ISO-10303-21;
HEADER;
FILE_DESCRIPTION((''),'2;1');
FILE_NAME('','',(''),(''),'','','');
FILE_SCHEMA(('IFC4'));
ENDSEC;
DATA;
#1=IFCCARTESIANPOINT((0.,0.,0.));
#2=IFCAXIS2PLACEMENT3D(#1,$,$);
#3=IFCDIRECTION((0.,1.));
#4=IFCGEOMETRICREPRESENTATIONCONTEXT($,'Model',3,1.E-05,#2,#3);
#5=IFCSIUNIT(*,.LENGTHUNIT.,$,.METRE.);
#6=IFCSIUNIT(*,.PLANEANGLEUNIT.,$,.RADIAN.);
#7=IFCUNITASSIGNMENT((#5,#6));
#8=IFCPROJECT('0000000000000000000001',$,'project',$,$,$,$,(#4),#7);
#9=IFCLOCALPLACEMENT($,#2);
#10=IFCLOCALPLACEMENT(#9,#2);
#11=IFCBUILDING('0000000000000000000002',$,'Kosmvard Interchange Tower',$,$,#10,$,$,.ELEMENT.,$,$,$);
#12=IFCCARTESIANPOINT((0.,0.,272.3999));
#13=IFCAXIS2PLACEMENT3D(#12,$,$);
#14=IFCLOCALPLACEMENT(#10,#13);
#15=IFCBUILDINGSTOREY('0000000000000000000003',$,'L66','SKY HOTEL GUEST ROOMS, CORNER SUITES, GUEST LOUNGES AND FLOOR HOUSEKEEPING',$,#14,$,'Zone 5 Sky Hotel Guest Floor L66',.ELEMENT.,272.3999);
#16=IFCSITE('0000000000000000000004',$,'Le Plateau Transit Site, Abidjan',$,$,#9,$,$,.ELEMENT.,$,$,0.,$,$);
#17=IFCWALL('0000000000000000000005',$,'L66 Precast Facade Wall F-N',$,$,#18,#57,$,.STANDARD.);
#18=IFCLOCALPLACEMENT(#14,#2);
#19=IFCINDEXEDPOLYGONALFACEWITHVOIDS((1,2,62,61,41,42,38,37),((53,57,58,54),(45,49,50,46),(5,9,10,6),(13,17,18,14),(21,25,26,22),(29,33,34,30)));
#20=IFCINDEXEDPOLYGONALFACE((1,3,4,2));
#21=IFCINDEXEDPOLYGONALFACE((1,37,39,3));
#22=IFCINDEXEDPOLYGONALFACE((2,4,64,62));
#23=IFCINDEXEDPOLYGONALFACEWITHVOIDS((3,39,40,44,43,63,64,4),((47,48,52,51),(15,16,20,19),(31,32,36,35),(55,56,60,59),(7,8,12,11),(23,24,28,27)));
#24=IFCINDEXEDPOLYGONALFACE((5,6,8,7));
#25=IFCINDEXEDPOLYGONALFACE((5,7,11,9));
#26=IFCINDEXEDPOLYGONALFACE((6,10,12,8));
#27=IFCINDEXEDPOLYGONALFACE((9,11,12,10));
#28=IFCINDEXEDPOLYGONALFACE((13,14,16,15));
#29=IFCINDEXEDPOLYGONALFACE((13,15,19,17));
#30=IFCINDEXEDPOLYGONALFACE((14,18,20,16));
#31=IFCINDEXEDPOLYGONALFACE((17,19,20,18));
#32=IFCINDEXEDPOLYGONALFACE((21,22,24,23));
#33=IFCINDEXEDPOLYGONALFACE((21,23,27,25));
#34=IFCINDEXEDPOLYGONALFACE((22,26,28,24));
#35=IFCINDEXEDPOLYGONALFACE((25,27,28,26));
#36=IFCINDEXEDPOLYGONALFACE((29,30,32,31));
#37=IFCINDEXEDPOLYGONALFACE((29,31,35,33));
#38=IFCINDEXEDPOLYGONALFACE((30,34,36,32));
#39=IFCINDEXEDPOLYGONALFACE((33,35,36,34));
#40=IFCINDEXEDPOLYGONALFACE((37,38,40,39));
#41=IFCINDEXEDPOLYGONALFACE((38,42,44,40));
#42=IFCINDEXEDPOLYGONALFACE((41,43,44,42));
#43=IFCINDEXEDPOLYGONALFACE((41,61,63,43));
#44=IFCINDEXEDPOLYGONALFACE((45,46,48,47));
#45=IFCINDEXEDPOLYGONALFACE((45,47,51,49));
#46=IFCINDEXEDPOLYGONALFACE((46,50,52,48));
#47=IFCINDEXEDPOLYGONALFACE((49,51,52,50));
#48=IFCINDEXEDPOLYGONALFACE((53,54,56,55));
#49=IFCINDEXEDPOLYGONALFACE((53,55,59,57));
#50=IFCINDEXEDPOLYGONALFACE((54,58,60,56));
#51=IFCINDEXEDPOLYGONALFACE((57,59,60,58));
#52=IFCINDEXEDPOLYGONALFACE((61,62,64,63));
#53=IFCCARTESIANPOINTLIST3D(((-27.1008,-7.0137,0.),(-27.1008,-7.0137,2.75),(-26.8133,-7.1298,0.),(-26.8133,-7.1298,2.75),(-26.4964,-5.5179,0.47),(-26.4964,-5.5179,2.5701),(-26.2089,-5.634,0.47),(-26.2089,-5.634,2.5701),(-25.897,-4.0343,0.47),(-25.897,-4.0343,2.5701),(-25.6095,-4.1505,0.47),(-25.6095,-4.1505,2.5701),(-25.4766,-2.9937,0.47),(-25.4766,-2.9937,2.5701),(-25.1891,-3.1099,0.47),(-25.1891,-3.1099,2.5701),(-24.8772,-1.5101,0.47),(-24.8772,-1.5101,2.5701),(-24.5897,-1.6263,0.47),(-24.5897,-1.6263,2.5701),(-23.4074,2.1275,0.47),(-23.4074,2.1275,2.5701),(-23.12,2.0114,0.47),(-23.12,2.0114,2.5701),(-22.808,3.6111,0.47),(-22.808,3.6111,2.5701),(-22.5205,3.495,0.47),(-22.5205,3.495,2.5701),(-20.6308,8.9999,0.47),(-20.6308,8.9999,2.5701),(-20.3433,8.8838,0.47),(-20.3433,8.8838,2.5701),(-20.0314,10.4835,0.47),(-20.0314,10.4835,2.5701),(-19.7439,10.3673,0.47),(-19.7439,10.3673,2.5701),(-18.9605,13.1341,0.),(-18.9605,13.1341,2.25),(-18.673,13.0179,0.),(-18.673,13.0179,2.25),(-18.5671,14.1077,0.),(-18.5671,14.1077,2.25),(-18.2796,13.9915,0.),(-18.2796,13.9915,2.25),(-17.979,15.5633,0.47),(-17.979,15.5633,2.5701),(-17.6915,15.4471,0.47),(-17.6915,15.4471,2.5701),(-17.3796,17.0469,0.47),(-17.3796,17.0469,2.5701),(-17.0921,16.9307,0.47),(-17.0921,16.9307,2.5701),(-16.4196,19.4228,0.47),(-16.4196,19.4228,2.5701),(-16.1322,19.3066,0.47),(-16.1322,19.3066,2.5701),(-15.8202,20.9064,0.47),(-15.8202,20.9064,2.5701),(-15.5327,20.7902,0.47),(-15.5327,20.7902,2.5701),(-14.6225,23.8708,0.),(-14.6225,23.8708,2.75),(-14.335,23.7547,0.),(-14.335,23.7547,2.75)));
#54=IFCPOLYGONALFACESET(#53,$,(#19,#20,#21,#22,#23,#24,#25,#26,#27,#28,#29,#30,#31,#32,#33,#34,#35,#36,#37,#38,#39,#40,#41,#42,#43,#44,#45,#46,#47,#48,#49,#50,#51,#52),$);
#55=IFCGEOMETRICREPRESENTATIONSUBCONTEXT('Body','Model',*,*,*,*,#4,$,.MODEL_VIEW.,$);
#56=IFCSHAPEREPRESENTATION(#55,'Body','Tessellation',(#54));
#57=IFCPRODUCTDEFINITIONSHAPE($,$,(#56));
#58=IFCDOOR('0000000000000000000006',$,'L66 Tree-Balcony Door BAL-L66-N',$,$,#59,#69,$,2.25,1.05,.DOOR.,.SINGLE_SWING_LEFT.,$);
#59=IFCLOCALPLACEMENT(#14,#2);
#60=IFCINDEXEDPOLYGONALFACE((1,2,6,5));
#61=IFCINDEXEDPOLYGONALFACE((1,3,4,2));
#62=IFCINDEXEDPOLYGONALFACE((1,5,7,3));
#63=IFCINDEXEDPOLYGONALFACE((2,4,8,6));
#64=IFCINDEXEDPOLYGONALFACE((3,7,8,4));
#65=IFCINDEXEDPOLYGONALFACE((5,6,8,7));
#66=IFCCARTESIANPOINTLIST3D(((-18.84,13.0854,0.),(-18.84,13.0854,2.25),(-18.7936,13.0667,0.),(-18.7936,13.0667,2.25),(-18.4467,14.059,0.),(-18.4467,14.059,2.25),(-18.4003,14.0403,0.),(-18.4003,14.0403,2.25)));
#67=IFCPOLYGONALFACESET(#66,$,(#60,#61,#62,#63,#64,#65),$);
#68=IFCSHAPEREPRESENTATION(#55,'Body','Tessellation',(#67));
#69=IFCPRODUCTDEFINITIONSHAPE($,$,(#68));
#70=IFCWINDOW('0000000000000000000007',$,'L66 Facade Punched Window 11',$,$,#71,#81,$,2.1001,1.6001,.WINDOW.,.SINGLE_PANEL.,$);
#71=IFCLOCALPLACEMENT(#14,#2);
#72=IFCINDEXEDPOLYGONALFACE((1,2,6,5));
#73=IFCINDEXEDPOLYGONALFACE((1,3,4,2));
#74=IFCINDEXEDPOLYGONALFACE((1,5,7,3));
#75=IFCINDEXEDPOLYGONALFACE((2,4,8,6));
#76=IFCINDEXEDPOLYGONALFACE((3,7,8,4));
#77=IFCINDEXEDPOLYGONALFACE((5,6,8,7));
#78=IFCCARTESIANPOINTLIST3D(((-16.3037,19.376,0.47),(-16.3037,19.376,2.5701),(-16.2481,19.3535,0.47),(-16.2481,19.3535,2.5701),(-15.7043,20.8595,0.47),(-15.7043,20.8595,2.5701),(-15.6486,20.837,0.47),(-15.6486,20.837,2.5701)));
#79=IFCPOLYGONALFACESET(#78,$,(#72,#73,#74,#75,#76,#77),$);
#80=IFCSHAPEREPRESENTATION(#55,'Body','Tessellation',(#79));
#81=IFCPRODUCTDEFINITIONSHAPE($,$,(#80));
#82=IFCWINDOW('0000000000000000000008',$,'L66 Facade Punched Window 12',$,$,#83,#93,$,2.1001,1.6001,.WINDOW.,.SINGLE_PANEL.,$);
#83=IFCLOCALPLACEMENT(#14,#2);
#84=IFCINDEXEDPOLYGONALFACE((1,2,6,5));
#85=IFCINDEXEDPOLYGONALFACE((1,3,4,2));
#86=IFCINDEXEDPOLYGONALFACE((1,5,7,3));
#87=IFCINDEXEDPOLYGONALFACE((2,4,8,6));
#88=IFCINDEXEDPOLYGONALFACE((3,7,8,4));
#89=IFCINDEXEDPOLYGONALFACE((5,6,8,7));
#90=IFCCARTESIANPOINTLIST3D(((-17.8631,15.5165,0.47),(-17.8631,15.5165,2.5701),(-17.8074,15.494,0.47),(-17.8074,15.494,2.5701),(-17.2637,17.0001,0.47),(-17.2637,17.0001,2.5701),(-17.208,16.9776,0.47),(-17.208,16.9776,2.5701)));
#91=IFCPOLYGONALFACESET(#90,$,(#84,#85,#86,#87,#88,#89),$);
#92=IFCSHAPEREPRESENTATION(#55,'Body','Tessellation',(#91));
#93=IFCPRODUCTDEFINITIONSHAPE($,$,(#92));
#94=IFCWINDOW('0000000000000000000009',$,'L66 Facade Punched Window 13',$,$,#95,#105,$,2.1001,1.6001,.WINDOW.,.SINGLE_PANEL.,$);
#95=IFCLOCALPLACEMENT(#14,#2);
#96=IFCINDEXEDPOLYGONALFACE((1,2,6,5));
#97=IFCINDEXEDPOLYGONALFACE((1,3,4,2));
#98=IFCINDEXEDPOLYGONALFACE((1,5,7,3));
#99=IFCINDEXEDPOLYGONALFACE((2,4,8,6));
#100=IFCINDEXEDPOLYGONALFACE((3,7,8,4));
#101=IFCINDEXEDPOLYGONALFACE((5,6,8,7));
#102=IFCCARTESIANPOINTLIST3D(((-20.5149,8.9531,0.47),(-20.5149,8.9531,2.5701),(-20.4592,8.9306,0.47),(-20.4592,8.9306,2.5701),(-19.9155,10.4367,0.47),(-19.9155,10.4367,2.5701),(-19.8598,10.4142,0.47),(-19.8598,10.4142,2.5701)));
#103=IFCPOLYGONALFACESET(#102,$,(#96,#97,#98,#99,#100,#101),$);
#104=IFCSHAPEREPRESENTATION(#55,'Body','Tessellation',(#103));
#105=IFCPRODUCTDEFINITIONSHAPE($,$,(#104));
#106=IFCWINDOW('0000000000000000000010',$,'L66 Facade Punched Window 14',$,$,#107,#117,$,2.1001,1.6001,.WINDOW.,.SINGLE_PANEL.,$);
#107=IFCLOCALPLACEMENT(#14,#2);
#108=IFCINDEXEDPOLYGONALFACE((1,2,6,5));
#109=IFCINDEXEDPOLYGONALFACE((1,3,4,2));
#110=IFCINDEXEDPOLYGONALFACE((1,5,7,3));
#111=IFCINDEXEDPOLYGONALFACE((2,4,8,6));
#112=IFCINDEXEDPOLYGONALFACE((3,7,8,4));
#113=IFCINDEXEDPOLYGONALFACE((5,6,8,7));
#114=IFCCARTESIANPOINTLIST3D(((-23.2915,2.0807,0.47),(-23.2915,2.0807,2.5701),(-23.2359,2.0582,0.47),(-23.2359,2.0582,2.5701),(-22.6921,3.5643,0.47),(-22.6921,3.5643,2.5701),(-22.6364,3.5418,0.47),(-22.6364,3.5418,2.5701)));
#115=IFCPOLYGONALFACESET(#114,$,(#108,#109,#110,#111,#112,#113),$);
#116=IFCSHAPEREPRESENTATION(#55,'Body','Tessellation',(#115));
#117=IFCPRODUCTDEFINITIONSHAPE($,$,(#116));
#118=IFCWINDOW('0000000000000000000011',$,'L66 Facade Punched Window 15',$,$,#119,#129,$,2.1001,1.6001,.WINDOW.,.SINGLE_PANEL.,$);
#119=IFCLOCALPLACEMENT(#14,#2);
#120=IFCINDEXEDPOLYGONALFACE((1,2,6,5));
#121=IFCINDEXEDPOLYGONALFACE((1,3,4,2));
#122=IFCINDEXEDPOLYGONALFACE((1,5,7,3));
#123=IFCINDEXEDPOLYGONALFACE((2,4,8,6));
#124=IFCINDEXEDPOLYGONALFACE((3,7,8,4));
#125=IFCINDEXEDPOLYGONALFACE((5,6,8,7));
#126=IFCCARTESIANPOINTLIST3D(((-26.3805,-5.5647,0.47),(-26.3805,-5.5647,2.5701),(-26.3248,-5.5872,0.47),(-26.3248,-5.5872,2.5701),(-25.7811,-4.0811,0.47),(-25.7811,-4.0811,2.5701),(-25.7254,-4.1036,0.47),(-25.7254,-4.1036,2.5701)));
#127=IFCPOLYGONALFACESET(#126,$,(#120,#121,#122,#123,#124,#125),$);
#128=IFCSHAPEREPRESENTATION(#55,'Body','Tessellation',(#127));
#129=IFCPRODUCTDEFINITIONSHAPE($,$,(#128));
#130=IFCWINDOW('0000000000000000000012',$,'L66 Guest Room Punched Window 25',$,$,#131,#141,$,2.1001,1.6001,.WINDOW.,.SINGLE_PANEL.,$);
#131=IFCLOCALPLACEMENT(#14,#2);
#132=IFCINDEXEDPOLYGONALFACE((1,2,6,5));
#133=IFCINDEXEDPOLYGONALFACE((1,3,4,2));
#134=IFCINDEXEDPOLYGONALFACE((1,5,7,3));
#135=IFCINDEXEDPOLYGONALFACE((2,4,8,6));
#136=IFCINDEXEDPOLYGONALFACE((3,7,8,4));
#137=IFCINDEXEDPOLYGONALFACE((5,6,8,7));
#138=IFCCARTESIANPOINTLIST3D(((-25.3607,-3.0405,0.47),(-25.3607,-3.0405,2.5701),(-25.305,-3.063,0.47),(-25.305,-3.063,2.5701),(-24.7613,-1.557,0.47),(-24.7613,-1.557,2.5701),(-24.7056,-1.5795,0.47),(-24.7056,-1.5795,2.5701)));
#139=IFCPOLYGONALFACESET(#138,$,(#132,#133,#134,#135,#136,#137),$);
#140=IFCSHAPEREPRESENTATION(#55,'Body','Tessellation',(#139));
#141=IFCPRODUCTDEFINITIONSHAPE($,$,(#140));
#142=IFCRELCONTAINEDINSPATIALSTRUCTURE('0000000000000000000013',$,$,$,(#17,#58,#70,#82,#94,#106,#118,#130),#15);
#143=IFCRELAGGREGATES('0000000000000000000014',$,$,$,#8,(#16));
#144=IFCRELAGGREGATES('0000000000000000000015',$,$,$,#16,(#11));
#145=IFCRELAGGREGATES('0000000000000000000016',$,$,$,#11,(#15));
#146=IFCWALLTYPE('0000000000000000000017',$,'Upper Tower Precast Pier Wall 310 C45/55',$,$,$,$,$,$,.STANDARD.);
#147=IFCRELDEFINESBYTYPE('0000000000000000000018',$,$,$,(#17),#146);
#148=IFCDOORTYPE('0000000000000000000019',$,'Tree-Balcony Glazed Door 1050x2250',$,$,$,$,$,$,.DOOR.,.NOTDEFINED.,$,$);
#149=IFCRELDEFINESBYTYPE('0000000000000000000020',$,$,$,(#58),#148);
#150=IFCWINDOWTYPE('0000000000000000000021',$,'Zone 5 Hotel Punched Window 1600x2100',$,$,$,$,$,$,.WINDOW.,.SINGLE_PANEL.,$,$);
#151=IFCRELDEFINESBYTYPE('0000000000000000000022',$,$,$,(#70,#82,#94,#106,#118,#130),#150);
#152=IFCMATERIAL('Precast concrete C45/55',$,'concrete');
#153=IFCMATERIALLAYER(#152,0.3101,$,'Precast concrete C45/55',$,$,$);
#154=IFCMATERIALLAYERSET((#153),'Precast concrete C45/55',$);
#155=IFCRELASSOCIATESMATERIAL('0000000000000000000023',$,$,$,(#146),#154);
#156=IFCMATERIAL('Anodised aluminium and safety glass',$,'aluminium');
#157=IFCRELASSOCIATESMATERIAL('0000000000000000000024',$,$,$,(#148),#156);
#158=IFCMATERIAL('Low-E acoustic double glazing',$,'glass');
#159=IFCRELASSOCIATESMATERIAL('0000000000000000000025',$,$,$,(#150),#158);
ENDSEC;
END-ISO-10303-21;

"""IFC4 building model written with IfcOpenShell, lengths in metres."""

from ifc_helpers import new_model, si_unit, direction, frame, frame_2d, origin, place, context, subcontext, project, spatial, rectangle, extrude, source, transform, mapped, material, layer, layer_set, type_object, element, fill, save


model = new_model("IFC4")

# Units and contexts
model_context = context("Model", 3, precision=1e-05, world=origin(), true_north=direction((0.0, 1.0)))
body_context = subcontext(model_context, "Body", "Model", "MODEL_VIEW")
ifc_project = project(units=[si_unit("LENGTHUNIT", "METRE"), si_unit("PLANEANGLEUNIT", "RADIAN")], contexts=[model_context])

# Site, building, storey
site_placement = place(None, origin())
site = spatial("IfcSite", under=ifc_project, at=site_placement, Name="Le Plateau Transit Site, Abidjan", CompositionType="ELEMENT", RefElevation=0.0)
building_placement = place(site_placement, origin())
building = spatial("IfcBuilding", under=site, at=building_placement, Name="Kosmvard Interchange Tower", CompositionType="ELEMENT")
storey_placement = place(building_placement, frame((0.0, 0.0, 272.3999)))
storey = spatial("IfcBuildingStorey", under=building, at=storey_placement, Name="L66", Description="SKY HOTEL GUEST ROOMS, CORNER SUITES, GUEST LOUNGES AND FLOOR HOUSEKEEPING", LongName="Zone 5 Sky Hotel Guest Floor L66", CompositionType="ELEMENT", Elevation=272.3999)

# Wall, openings, door, windows
ifc_material_1 = material(Name="Precast concrete C45/55", Category="concrete")
ifc_layer_1 = layer(ifc_material_1, 0.3101, Name="Precast concrete C45/55")
ifc_layer_set_1 = layer_set([ifc_layer_1], Name="Precast concrete C45/55")
wall_type = type_object("IfcWallType", Name="Upper Tower Precast Pier Wall 310 C45/55", PredefinedType="STANDARD", material=ifc_layer_set_1)
wall_placement = place(storey_placement, frame((-14.4788, 23.8127, 0.0), z_axis=(0.0, 0.0, 1.0), x_axis=(-0.37461, -0.927183, 0.0)))
wall = element("IfcWall", 1, at=wall_placement, inside=storey, type_object=wall_type, Name="L66 Precast Facade Wall F-N", PredefinedType="STANDARD", context=body_context, shape_type="SweptSolid", body=[
    extrude(rectangle(XDim=33.3101, YDim=0.3101, at=frame_2d((16.655, 0.0))), origin(), (0.0, 0.0, 1.0), 2.75),
])
opening_1_placement = place(wall_placement, frame((10.53, 0.0, 0.0)))
opening_1 = element("IfcOpeningElement", 2, at=opening_1_placement, cuts=wall, PredefinedType="OPENING", context=body_context, shape_type="SweptSolid", body=[
    extrude(rectangle(XDim=1.05, YDim=2.25, at=frame_2d((0.5249, 1.125))), frame((0.0, 0.165, 0.0), z_axis=(0.0, -1.0, 0.0), x_axis=(1.0, 0.0, 0.0)), (0.0, 0.0, 1.0), 0.3301),
])
opening_2_placement = place(wall_placement, frame((3.1973, 0.0, 0.47)))
opening_2 = element("IfcOpeningElement", 3, at=opening_2_placement, cuts=wall, PredefinedType="OPENING", context=body_context, shape_type="SweptSolid", body=[
    extrude(rectangle(XDim=1.6001, YDim=2.1001, at=frame_2d((0.8, 1.05))), frame((0.0, 0.165, 0.0), z_axis=(0.0, -1.0, 0.0), x_axis=(1.0, 0.0, 0.0)), (0.0, 0.0, 1.0), 0.3301),
])
opening_3_placement = place(wall_placement, frame((7.3599, 0.0, 0.47)))
opening_3 = element("IfcOpeningElement", 4, at=opening_3_placement, cuts=wall, PredefinedType="OPENING", context=body_context, shape_type="SweptSolid", body=[
    extrude(rectangle(XDim=1.6001, YDim=2.1001, at=frame_2d((0.8, 1.05))), frame((0.0, 0.165, 0.0), z_axis=(0.0, -1.0, 0.0), x_axis=(1.0, 0.0, 0.0)), (0.0, 0.0, 1.0), 0.3301),
])
opening_4_placement = place(wall_placement, frame((14.4387, 0.0, 0.47)))
opening_4 = element("IfcOpeningElement", 5, at=opening_4_placement, cuts=wall, PredefinedType="OPENING", context=body_context, shape_type="SweptSolid", body=[
    extrude(rectangle(XDim=1.6001, YDim=2.1001, at=frame_2d((0.8, 1.05))), frame((0.0, 0.165, 0.0), z_axis=(0.0, -1.0, 0.0), x_axis=(1.0, 0.0, 0.0)), (0.0, 0.0, 1.0), 0.3301),
])
opening_5_placement = place(wall_placement, frame((21.8508, 0.0, 0.47)))
opening_5 = element("IfcOpeningElement", 6, at=opening_5_placement, cuts=wall, PredefinedType="OPENING", context=body_context, shape_type="SweptSolid", body=[
    extrude(rectangle(XDim=1.6001, YDim=2.1001, at=frame_2d((0.8, 1.05))), frame((0.0, 0.165, 0.0), z_axis=(0.0, -1.0, 0.0), x_axis=(1.0, 0.0, 0.0)), (0.0, 0.0, 1.0), 0.3301),
])
opening_6_placement = place(wall_placement, frame((30.0967, 0.0, 0.47)))
opening_6 = element("IfcOpeningElement", 7, at=opening_6_placement, cuts=wall, PredefinedType="OPENING", context=body_context, shape_type="SweptSolid", body=[
    extrude(rectangle(XDim=1.6001, YDim=2.1001, at=frame_2d((0.8, 1.05))), frame((0.0, 0.165, 0.0), z_axis=(0.0, -1.0, 0.0), x_axis=(1.0, 0.0, 0.0)), (0.0, 0.0, 1.0), 0.3301),
])
opening_7_placement = place(wall_placement, frame((27.3743, 0.0, 0.47)))
opening_7 = element("IfcOpeningElement", 8, at=opening_7_placement, cuts=wall, PredefinedType="OPENING", context=body_context, shape_type="SweptSolid", body=[
    extrude(rectangle(XDim=1.6001, YDim=2.1001, at=frame_2d((0.8, 1.05))), frame((0.0, 0.165, 0.0), z_axis=(0.0, -1.0, 0.0), x_axis=(1.0, 0.0, 0.0)), (0.0, 0.0, 1.0), 0.3301),
])
ifc_material_2 = material(Name="Anodised aluminium and safety glass", Category="aluminium")
door_type = type_object("IfcDoorType", Name="Tree-Balcony Glazed Door 1050x2250", OperationType="NOTDEFINED", PredefinedType="DOOR", material=ifc_material_2)
shared_shape_1 = source(origin(), body_context, "Body", "SweptSolid", [
    extrude(rectangle(XDim=1.05, YDim=2.25, at=frame_2d((0.5249, 1.125))), frame((0.0, 0.0249, 0.0), z_axis=(0.0, -1.0, 0.0), x_axis=(1.0, 0.0, 0.0)), (0.0, 0.0, 1.0), 0.05),
])
door_placement = place(opening_1_placement, origin())
door = element("IfcDoor", 9, at=door_placement, inside=storey, type_object=door_type, Name="L66 Tree-Balcony Door BAL-L66-N", OperationType="SINGLE_SWING_LEFT", OverallHeight=2.25, OverallWidth=1.05, PredefinedType="DOOR", context=body_context, shape_type="MappedRepresentation", body=[
    mapped(shared_shape_1, transform((0.0, 0.0, 0.0), scale=1.0)),
])
fill(opening_1, door)
ifc_material_3 = material(Name="Low-E acoustic double glazing", Category="glass")
window_type = type_object("IfcWindowType", Name="Zone 5 Hotel Punched Window 1600x2100", PartitioningType="SINGLE_PANEL", PredefinedType="WINDOW", material=ifc_material_3)
shared_shape_2 = source(origin(), body_context, "Body", "SweptSolid", [
    extrude(rectangle(XDim=1.6001, YDim=2.1001, at=frame_2d((0.8, 1.05))), frame((0.0, 0.03, 0.0), z_axis=(0.0, -1.0, 0.0), x_axis=(1.0, 0.0, 0.0)), (0.0, 0.0, 1.0), 0.0601),
])
window_1_placement = place(opening_2_placement, origin())
window_1 = element("IfcWindow", 10, at=window_1_placement, inside=storey, type_object=window_type, Name="L66 Facade Punched Window 11", OverallHeight=2.1001, OverallWidth=1.6001, PartitioningType="SINGLE_PANEL", PredefinedType="WINDOW", context=body_context, shape_type="MappedRepresentation", body=[
    mapped(shared_shape_2, transform((0.0, 0.0, 0.0), scale=1.0)),
])
fill(opening_2, window_1)
window_2_placement = place(opening_3_placement, origin())
window_2 = element("IfcWindow", 11, at=window_2_placement, inside=storey, type_object=window_type, Name="L66 Facade Punched Window 12", OverallHeight=2.1001, OverallWidth=1.6001, PartitioningType="SINGLE_PANEL", PredefinedType="WINDOW", context=body_context, shape_type="MappedRepresentation", body=[
    mapped(shared_shape_2, transform((0.0, 0.0, 0.0), scale=1.0)),
])
fill(opening_3, window_2)
window_3_placement = place(opening_4_placement, origin())
window_3 = element("IfcWindow", 12, at=window_3_placement, inside=storey, type_object=window_type, Name="L66 Facade Punched Window 13", OverallHeight=2.1001, OverallWidth=1.6001, PartitioningType="SINGLE_PANEL", PredefinedType="WINDOW", context=body_context, shape_type="MappedRepresentation", body=[
    mapped(shared_shape_2, transform((0.0, 0.0, 0.0), scale=1.0)),
])
fill(opening_4, window_3)
window_4_placement = place(opening_5_placement, origin())
window_4 = element("IfcWindow", 13, at=window_4_placement, inside=storey, type_object=window_type, Name="L66 Facade Punched Window 14", OverallHeight=2.1001, OverallWidth=1.6001, PartitioningType="SINGLE_PANEL", PredefinedType="WINDOW", context=body_context, shape_type="MappedRepresentation", body=[
    mapped(shared_shape_2, transform((0.0, 0.0, 0.0), scale=1.0)),
])
fill(opening_5, window_4)
window_5_placement = place(opening_6_placement, origin())
window_5 = element("IfcWindow", 14, at=window_5_placement, inside=storey, type_object=window_type, Name="L66 Facade Punched Window 15", OverallHeight=2.1001, OverallWidth=1.6001, PartitioningType="SINGLE_PANEL", PredefinedType="WINDOW", context=body_context, shape_type="MappedRepresentation", body=[
    mapped(shared_shape_2, transform((0.0, 0.0, 0.0), scale=1.0)),
])
fill(opening_6, window_5)
window_6_placement = place(opening_7_placement, origin())
window_6 = element("IfcWindow", 15, at=window_6_placement, inside=storey, type_object=window_type, Name="L66 Guest Room Punched Window 25", OverallHeight=2.1001, OverallWidth=1.6001, PartitioningType="SINGLE_PANEL", PredefinedType="WINDOW", context=body_context, shape_type="MappedRepresentation", body=[
    mapped(shared_shape_2, transform((0.0, 0.0, 0.0), scale=1.0)),
])
fill(opening_7, window_6)

save(model, "model.ifc")
